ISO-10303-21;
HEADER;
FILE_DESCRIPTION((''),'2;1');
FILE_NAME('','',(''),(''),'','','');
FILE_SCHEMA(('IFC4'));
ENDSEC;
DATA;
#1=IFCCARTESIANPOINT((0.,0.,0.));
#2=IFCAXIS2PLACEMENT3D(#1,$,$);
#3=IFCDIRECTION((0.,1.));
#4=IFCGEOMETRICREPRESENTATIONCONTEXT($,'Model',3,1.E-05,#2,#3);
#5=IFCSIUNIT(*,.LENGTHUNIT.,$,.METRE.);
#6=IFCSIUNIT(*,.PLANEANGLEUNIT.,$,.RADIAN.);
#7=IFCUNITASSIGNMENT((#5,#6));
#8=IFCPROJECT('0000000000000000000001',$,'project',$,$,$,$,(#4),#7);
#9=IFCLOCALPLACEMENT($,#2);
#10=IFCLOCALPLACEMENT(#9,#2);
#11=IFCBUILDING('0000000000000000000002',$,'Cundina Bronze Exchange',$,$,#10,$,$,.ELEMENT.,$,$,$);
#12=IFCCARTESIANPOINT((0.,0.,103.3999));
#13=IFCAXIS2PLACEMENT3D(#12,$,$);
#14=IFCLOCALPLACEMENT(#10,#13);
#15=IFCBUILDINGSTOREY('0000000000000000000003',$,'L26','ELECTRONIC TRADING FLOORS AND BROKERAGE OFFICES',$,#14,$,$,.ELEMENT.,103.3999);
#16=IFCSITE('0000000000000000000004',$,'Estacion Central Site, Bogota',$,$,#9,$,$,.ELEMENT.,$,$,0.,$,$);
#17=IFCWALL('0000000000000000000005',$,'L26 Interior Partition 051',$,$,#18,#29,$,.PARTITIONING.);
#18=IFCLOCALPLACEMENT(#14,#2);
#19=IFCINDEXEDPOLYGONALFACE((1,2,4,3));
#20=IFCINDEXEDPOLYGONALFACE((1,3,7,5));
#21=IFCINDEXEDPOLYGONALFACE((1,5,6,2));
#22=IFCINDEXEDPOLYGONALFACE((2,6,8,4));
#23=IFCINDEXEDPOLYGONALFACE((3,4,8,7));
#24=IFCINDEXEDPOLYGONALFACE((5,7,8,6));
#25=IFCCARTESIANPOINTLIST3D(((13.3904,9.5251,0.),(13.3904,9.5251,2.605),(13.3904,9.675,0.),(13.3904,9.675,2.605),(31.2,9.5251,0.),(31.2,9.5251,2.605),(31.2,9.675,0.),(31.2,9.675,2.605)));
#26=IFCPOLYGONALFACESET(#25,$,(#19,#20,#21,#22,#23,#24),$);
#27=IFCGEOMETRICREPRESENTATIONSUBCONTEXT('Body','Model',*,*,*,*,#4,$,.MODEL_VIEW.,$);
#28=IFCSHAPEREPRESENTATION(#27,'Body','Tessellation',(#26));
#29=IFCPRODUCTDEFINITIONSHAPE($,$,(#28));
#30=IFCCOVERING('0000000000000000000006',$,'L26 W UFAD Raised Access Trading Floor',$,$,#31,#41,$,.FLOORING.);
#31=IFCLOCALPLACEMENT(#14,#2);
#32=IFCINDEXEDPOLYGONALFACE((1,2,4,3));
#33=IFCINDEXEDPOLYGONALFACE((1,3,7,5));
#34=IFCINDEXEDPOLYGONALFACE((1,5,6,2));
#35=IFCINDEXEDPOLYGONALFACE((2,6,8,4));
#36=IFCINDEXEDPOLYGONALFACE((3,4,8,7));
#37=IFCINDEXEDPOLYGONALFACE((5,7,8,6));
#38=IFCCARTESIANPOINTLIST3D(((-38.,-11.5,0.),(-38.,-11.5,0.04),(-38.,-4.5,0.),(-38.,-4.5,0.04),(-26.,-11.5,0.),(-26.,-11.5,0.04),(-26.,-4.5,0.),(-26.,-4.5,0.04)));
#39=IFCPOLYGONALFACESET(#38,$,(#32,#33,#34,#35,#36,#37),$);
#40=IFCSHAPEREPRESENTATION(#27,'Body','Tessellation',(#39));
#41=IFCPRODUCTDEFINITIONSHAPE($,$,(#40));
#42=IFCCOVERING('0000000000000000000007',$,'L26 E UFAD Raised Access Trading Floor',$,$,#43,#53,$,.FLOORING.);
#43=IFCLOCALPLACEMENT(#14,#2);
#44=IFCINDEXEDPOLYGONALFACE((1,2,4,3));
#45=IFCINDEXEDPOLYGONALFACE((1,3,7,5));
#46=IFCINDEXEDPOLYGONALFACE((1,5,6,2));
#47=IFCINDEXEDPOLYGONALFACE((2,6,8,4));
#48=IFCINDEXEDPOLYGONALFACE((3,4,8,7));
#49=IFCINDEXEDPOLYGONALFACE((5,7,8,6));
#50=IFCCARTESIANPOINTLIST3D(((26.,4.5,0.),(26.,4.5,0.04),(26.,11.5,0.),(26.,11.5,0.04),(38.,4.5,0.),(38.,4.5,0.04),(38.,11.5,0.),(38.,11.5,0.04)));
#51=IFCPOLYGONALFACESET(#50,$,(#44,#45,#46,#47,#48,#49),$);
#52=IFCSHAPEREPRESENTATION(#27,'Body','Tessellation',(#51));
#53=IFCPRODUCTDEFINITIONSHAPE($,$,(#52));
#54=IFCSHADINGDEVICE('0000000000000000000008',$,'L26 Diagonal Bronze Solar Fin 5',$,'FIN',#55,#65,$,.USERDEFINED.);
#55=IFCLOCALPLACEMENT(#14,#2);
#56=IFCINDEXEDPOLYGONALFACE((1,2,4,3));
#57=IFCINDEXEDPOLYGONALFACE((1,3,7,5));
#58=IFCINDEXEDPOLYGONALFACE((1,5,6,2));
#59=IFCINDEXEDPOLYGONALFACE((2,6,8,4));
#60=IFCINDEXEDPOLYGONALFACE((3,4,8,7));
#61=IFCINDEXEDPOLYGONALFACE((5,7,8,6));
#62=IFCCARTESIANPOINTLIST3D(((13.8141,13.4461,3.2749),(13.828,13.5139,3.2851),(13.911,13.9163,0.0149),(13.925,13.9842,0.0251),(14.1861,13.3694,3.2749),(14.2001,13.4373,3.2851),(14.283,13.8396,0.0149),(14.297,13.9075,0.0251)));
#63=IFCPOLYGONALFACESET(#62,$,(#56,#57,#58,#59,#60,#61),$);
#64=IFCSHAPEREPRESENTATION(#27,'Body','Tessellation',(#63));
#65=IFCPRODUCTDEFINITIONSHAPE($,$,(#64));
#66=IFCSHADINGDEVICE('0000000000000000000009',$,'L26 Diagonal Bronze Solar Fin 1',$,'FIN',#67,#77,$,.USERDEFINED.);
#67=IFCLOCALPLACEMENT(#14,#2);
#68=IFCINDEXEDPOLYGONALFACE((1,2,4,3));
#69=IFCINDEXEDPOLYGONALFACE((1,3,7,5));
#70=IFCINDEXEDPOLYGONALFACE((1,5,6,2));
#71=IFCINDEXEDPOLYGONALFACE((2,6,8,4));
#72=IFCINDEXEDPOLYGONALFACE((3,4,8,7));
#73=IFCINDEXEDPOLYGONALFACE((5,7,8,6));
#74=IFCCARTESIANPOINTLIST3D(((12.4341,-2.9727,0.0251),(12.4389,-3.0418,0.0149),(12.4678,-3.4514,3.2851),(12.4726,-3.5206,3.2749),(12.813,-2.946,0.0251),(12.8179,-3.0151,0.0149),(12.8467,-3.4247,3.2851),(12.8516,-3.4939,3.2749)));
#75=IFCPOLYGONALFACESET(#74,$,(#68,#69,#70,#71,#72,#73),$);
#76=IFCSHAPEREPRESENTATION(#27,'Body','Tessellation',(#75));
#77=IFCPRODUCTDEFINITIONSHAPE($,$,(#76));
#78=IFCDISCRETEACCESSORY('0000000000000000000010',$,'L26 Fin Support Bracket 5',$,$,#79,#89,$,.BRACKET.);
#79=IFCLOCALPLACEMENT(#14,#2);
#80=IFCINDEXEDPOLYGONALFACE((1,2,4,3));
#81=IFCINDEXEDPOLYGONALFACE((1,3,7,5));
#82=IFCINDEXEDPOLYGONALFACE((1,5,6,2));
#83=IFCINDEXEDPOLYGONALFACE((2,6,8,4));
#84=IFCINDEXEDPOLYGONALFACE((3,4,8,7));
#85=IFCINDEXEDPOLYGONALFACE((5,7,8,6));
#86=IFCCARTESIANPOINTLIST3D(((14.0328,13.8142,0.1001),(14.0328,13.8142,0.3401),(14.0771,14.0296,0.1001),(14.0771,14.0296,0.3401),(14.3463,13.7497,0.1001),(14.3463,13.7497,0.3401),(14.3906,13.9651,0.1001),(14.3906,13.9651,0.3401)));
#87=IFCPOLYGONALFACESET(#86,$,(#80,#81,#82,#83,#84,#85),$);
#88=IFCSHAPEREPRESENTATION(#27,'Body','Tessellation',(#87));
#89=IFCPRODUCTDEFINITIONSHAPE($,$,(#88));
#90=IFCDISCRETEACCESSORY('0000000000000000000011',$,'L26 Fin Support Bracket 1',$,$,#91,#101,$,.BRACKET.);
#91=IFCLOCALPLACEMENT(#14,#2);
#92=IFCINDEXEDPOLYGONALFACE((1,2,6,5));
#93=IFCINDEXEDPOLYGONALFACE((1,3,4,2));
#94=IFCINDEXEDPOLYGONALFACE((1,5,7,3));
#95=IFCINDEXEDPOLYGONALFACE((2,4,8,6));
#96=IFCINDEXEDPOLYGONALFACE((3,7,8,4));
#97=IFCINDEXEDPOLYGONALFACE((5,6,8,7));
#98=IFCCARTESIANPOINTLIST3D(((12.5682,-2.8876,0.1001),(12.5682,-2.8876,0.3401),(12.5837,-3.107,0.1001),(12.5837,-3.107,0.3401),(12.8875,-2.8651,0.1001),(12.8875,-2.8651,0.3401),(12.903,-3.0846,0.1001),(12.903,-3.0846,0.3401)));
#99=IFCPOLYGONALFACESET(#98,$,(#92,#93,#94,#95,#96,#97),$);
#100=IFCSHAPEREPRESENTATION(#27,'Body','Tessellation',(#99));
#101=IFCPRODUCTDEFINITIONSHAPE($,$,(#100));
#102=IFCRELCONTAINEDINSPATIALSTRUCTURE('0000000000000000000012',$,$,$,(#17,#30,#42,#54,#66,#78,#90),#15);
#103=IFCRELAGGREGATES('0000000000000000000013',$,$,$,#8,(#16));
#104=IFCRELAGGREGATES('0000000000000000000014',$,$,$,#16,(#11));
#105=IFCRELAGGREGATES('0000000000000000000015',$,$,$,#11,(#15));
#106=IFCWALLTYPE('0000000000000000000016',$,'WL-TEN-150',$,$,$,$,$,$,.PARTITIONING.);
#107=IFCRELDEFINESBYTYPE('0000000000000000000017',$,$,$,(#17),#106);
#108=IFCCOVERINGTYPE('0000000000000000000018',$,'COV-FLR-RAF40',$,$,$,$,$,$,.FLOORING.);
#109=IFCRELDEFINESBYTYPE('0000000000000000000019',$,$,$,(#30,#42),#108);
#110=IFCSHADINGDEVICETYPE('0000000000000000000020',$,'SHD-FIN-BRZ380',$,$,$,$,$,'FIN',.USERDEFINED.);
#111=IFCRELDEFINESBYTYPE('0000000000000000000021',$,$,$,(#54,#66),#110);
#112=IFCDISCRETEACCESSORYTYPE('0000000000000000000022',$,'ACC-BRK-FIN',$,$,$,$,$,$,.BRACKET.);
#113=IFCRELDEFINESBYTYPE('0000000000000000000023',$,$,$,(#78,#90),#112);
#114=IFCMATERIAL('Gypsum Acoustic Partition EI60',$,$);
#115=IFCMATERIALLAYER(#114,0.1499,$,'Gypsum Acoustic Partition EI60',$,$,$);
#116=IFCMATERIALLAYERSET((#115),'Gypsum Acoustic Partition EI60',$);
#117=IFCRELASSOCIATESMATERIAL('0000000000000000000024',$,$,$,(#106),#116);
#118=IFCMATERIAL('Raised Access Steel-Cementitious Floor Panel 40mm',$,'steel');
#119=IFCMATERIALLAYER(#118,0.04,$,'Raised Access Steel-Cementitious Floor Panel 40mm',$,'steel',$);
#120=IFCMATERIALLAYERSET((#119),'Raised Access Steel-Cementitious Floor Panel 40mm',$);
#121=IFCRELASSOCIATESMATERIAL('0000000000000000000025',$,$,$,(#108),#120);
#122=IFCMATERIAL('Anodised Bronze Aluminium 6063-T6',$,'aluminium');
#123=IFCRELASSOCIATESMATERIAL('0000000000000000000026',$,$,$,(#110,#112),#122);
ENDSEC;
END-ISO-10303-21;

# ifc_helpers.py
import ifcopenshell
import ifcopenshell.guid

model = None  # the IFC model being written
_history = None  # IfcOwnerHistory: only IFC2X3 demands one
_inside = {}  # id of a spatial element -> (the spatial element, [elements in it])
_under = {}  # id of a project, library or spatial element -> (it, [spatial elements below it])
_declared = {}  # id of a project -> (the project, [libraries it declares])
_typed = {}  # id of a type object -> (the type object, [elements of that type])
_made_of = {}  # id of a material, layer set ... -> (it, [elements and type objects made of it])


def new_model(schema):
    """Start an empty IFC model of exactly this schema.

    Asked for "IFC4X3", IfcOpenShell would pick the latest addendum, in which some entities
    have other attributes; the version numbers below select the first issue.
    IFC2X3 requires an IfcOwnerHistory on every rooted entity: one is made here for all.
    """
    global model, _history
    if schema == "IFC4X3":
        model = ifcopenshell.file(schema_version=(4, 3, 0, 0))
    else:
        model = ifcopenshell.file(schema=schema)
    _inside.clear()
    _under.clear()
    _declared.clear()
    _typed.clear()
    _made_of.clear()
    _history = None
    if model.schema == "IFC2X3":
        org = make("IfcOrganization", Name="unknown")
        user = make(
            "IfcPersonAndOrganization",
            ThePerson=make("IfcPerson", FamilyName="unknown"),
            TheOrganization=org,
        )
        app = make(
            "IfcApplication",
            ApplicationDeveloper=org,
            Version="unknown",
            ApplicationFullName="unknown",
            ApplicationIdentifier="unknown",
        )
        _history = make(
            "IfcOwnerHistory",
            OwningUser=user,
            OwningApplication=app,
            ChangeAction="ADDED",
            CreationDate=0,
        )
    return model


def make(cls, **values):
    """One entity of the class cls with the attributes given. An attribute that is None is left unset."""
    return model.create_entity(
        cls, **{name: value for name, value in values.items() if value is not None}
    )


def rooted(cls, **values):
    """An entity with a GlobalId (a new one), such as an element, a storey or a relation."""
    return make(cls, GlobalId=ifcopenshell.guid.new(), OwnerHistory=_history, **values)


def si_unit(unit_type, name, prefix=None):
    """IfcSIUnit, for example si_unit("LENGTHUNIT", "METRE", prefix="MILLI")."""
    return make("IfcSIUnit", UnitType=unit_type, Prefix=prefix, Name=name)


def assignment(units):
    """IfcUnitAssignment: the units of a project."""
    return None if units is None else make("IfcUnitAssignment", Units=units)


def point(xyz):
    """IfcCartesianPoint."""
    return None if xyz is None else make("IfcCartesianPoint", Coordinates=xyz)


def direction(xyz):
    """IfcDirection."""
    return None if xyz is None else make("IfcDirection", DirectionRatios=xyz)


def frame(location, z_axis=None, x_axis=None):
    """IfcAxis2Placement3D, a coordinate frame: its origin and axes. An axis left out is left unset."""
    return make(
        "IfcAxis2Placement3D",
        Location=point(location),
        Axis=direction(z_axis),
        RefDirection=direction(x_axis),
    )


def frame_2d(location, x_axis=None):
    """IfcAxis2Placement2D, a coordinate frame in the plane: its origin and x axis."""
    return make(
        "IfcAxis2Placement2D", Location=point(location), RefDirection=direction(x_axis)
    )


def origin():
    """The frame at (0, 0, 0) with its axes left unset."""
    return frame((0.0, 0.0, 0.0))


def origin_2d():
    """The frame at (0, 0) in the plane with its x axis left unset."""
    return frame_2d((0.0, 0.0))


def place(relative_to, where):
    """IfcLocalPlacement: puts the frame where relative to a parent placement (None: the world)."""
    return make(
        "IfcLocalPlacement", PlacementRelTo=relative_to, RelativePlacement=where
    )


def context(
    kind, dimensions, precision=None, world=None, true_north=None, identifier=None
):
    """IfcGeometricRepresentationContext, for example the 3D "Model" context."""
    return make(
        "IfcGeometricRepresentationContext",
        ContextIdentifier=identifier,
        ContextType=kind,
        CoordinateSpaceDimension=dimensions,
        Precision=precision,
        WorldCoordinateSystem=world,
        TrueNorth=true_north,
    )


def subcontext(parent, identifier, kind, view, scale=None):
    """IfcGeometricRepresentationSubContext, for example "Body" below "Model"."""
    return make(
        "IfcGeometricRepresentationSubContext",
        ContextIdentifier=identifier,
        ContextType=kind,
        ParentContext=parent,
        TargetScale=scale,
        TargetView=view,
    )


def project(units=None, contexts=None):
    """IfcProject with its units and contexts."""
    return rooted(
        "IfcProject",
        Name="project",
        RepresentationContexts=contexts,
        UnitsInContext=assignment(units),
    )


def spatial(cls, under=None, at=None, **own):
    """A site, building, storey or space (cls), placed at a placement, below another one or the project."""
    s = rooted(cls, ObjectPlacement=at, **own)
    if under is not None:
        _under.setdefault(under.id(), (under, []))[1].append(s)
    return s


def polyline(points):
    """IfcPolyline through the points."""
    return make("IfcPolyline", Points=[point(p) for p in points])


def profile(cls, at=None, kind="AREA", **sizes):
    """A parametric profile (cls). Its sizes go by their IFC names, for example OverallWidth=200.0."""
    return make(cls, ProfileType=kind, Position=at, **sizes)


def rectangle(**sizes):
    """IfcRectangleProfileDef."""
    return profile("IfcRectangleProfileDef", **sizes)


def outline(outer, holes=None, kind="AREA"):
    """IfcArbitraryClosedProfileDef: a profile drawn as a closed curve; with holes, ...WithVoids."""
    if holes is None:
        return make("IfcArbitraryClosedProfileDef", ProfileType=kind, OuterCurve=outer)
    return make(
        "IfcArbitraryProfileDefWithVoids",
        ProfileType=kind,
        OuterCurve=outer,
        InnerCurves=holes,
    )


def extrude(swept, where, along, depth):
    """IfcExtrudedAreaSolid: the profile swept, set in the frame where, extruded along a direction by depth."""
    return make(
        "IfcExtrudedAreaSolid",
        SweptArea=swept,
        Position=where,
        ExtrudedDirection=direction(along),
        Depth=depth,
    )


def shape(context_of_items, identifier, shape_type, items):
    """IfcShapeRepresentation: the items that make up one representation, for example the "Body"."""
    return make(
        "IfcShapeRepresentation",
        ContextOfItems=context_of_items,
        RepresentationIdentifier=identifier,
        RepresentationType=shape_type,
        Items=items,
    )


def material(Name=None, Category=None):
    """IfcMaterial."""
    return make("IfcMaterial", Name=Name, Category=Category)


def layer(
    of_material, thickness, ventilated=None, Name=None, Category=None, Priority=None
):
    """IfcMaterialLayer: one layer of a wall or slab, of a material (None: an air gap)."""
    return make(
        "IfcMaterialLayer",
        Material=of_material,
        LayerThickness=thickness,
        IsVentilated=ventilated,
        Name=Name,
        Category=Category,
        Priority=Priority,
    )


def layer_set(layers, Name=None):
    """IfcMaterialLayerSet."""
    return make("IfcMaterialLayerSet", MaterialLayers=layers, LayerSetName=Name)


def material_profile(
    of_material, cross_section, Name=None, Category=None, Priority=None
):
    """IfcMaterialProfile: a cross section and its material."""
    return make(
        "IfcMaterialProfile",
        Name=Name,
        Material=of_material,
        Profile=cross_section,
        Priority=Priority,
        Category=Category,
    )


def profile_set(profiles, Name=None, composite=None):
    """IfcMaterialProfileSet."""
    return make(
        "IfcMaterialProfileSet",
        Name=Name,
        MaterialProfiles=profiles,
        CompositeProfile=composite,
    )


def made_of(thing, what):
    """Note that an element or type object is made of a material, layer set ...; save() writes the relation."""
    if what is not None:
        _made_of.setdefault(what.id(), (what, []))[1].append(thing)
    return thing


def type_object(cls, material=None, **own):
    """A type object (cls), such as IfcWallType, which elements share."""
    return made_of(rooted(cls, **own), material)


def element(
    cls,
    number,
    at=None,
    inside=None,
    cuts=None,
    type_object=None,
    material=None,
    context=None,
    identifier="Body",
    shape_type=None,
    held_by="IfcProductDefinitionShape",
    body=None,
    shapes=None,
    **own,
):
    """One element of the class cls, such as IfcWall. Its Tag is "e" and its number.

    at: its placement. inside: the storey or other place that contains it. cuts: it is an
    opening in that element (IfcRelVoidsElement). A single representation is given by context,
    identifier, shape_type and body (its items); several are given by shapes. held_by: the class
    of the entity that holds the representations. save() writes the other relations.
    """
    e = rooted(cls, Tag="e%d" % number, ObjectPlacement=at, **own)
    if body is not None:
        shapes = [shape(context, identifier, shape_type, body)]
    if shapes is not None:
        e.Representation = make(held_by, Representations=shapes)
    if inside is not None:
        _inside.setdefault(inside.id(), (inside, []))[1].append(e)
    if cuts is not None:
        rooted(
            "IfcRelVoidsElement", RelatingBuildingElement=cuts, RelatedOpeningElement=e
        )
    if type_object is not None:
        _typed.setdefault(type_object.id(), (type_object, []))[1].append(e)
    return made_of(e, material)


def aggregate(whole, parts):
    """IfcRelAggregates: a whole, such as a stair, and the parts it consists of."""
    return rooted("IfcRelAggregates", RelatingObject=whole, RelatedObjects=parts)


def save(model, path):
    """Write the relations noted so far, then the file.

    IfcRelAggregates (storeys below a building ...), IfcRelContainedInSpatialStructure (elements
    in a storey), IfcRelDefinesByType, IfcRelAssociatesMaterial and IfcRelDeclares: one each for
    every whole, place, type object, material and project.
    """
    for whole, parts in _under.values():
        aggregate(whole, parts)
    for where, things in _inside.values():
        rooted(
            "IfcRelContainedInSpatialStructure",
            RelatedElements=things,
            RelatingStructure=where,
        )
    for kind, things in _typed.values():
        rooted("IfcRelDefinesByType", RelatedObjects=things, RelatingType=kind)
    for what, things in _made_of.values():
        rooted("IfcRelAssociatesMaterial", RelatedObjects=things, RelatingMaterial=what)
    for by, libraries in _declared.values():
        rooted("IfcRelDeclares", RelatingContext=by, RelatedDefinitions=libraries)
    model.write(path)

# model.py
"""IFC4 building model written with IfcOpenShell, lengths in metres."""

from ifc_helpers import new_model, si_unit, direction, frame, frame_2d, origin, origin_2d, place, context, subcontext, project, spatial, polyline, rectangle, outline, extrude, material, layer, layer_set, material_profile, profile_set, type_object, element, save


model = new_model("IFC4")

# Units and contexts
model_context = context("Model", 3, precision=1e-05, world=origin(), true_north=direction((0.0, 1.0)))
body_context = subcontext(model_context, "Body", "Model", "MODEL_VIEW")
ifc_project = project(units=[si_unit("LENGTHUNIT", "METRE"), si_unit("PLANEANGLEUNIT", "RADIAN")], contexts=[model_context])

# Site, building, storey
site_placement = place(None, origin())
site = spatial("IfcSite", under=ifc_project, at=site_placement, Name="Estacion Central Site, Bogota", CompositionType="ELEMENT", RefElevation=0.0)
building_placement = place(site_placement, origin())
building = spatial("IfcBuilding", under=site, at=building_placement, Name="Cundina Bronze Exchange", CompositionType="ELEMENT")
storey_placement = place(building_placement, frame((0.0, 0.0, 103.3999)))
storey = spatial("IfcBuildingStorey", under=building, at=storey_placement, Name="L26", Description="ELECTRONIC TRADING FLOORS AND BROKERAGE OFFICES", CompositionType="ELEMENT", Elevation=103.3999)

# Shared definitions
ifc_material_1 = material(Name="Anodised Bronze Aluminium 6063-T6", Category="aluminium")

# Wall
ifc_material_2 = material(Name="Gypsum Acoustic Partition EI60")
ifc_layer_1 = layer(ifc_material_2, 0.1499, Name="Gypsum Acoustic Partition EI60")
ifc_layer_set_1 = layer_set([ifc_layer_1], Name="Gypsum Acoustic Partition EI60")
wall_type_1 = type_object("IfcWallType", Name="WL-TEN-150", PredefinedType="PARTITIONING", material=ifc_layer_set_1)
wall_1_placement = place(storey_placement, frame((13.3904, 9.6001, 0.0), z_axis=(0.0, 0.0, 1.0), x_axis=(1.0, 0.0, 0.0)))
element("IfcWall", 1, at=wall_1_placement, inside=storey, type_object=wall_type_1, Name="L26 Interior Partition 051", PredefinedType="PARTITIONING", context=body_context, shape_type="SweptSolid", body=[
    extrude(rectangle(XDim=17.8096, YDim=0.1499, at=frame_2d((8.9048, 0.0))), origin(), (0.0, 0.0, 1.0), 2.605),
])

# Coverings
ifc_material_3 = material(Name="Raised Access Steel-Cementitious Floor Panel 40mm", Category="steel")
ifc_layer_2 = layer(ifc_material_3, 0.04, Name="Raised Access Steel-Cementitious Floor Panel 40mm", Category="steel")
ifc_layer_set_2 = layer_set([ifc_layer_2], Name="Raised Access Steel-Cementitious Floor Panel 40mm")
covering_type = type_object("IfcCoveringType", Name="COV-FLR-RAF40", PredefinedType="FLOORING", material=ifc_layer_set_2)
covering_1_placement = place(storey_placement, origin())
element("IfcCovering", 2, at=covering_1_placement, inside=storey, type_object=covering_type, Name="L26 W UFAD Raised Access Trading Floor", PredefinedType="FLOORING", context=body_context, shape_type="SweptSolid", body=[
    extrude(outline(polyline([(-38.0, -11.5), (-26.0, -11.5), (-26.0, -4.5), (-38.0, -4.5), (-38.0, -11.5)])), origin(), (0.0, 0.0, 1.0), 0.04),
])
covering_2_placement = place(storey_placement, origin())
element("IfcCovering", 3, at=covering_2_placement, inside=storey, type_object=covering_type, Name="L26 E UFAD Raised Access Trading Floor", PredefinedType="FLOORING", context=body_context, shape_type="SweptSolid", body=[
    extrude(outline(polyline([(26.0, 4.5), (38.0, 4.5), (38.0, 11.5), (26.0, 11.5), (26.0, 4.5)])), origin(), (0.0, 0.0, 1.0), 0.04),
])

# Shading devices
ifc_material_profile_1 = material_profile(ifc_material_1, rectangle(XDim=0.0701, YDim=0.3799, at=origin_2d()), Name="FIN70X380", Category="aluminium")
ifc_profile_set_1 = profile_set([ifc_material_profile_1], Name="Anodised Bronze Aluminium 6063-T6")
shading_device_type = type_object("IfcShadingDeviceType", Name="SHD-FIN-BRZ380", ElementType="FIN", PredefinedType="USERDEFINED", material=ifc_profile_set_1)
for number, where, z_axis, x_axis, name in (
    (4, (14.104, 13.9119, 0.02), (-0.029414, -0.142698, 0.989329), (0.199728, 0.968959, 0.145698), "L26 Diagonal Bronze Solar Fin 5"),
    (5, (12.626, -2.9939, 0.02), (0.010225, -0.145292, 0.989336), (-0.06945, 0.986895, 0.145652), "L26 Diagonal Bronze Solar Fin 1"),
):
    element("IfcShadingDevice", number, at=place(storey_placement, frame(where, z_axis=z_axis, x_axis=x_axis)), inside=storey, type_object=shading_device_type, Name=name, ObjectType="FIN", PredefinedType="USERDEFINED", context=body_context, shape_type="SweptSolid", body=[
        extrude(rectangle(XDim=0.0701, YDim=0.3799, at=origin_2d()), origin(), (0.0, 0.0, 1.0), 3.2952),
    ])

# Discrete accessories
discrete_accessory_type = type_object("IfcDiscreteAccessoryType", Name="ACC-BRK-FIN", PredefinedType="BRACKET", material=ifc_material_1)
for number, where, z_axis, x_axis, name in (
    (6, (14.2117, 13.8896, 0.1001), (0.0, 0.0, 1.0), (-0.20142, -0.979505, 0.0), "L26 Fin Support Bracket 5"),
    (7, (12.7356, -2.9861, 0.1001), (0.0, 0.0, 1.0), (0.070279, -0.997527, 0.0), "L26 Fin Support Bracket 1"),
):
    element("IfcDiscreteAccessory", number, at=place(storey_placement, frame(where, z_axis=z_axis, x_axis=x_axis)), inside=storey, type_object=discrete_accessory_type, Name=name, PredefinedType="BRACKET", context=body_context, shape_type="SweptSolid", body=[
        extrude(rectangle(XDim=0.22, YDim=0.3201, at=origin_2d()), origin(), (0.0, 0.0, 1.0), 0.24),
    ])

save(model, "model.ifc")
